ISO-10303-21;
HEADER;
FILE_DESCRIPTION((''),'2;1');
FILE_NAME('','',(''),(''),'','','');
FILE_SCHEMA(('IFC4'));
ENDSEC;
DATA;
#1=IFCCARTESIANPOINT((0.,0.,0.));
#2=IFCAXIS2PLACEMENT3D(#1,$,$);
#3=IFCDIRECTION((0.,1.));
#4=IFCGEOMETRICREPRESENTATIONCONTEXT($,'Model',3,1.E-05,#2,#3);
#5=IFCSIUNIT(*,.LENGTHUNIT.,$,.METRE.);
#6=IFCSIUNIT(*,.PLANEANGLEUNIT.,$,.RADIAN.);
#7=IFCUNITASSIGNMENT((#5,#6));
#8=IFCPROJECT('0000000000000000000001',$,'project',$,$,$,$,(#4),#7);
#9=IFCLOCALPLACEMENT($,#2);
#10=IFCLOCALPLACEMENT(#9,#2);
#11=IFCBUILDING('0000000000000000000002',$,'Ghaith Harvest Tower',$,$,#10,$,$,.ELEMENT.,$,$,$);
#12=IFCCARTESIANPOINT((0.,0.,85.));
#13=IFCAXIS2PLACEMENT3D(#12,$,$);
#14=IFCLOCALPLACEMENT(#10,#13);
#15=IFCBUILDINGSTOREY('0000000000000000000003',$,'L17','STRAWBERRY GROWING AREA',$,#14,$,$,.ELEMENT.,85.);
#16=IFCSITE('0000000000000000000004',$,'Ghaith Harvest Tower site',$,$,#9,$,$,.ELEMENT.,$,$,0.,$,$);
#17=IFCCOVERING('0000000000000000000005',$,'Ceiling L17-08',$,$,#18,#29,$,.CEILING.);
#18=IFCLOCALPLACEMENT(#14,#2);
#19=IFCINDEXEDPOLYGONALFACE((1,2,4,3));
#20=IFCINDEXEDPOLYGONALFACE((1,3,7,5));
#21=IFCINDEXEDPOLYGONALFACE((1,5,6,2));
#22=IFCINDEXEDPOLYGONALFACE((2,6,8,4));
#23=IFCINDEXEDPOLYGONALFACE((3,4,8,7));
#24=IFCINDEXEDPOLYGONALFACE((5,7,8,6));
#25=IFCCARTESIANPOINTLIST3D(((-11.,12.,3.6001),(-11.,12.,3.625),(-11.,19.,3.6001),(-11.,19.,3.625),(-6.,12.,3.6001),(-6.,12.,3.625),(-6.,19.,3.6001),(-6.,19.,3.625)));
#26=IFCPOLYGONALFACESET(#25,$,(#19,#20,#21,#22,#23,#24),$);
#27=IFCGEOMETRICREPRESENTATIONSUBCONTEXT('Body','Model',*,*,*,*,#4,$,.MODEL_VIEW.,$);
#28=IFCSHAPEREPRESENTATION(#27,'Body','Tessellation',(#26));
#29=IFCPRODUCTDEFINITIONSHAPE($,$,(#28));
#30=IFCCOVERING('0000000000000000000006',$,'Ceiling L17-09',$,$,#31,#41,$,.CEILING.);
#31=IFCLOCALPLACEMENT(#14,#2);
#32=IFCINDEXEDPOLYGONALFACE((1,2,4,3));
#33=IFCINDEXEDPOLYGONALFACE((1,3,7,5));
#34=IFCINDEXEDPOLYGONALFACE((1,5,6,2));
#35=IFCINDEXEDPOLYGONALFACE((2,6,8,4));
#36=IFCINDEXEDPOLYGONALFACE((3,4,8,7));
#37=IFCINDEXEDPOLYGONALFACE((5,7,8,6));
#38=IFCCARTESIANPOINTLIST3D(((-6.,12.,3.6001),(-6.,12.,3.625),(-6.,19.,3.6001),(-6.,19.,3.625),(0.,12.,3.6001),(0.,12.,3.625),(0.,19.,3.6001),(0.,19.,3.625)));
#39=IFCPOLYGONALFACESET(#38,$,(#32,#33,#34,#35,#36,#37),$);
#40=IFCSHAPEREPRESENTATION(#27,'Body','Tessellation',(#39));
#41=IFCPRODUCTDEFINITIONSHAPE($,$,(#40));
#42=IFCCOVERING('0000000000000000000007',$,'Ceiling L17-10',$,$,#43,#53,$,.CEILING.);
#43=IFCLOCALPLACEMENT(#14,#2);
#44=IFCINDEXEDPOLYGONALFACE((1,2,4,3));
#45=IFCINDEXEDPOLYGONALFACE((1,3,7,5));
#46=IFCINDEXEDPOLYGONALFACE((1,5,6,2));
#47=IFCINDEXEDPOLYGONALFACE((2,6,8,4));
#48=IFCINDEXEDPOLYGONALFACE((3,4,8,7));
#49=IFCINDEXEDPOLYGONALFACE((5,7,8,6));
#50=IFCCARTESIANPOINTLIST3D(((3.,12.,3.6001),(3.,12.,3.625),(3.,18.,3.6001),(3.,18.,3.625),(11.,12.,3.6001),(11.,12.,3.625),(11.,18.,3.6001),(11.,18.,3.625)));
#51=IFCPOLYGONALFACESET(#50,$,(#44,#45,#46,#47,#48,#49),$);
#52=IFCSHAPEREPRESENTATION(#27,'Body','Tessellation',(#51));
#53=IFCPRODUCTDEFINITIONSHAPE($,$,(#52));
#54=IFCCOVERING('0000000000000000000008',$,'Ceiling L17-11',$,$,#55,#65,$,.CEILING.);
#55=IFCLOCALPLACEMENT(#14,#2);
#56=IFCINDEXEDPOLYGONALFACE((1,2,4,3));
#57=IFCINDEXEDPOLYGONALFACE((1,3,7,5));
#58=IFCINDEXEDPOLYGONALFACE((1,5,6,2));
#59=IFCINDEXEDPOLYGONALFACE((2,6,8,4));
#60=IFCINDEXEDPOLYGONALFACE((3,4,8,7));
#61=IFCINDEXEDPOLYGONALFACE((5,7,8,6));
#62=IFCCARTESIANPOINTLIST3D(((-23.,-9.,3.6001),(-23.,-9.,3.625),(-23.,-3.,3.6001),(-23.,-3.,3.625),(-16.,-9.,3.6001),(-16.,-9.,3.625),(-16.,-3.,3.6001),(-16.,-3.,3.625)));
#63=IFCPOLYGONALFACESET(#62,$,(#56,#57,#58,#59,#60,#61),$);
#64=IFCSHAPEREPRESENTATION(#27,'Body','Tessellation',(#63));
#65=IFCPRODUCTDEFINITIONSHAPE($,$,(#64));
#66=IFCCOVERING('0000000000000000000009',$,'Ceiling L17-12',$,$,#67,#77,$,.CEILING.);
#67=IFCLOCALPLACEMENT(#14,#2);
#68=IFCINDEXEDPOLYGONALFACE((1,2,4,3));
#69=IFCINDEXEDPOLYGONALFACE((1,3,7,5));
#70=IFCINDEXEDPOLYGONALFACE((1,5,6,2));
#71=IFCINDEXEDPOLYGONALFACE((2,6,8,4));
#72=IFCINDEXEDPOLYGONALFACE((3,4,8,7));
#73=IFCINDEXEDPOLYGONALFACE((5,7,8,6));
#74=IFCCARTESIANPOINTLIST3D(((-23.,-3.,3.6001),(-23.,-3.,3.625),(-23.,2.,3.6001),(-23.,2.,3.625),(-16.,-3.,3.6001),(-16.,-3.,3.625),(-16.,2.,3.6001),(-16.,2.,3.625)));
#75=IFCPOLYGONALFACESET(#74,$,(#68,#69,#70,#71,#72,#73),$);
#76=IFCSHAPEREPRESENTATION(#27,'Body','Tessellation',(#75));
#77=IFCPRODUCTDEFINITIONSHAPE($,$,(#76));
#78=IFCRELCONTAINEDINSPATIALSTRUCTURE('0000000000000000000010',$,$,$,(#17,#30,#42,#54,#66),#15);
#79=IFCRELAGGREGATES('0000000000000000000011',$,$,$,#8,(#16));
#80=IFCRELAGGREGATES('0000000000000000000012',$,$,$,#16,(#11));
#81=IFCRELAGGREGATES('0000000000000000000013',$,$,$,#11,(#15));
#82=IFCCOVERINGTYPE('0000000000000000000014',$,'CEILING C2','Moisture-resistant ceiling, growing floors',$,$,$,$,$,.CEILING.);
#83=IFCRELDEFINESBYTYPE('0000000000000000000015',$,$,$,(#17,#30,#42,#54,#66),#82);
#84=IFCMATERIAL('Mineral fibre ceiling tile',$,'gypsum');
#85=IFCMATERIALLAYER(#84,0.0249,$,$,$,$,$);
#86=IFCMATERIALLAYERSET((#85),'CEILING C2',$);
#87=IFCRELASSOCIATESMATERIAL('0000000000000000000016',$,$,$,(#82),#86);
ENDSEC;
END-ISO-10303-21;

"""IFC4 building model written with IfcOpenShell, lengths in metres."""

from ifc_helpers import new_model, si_unit, direction, frame, origin, place, context, subcontext, project, spatial, polyline, outline, extrude, material, layer, layer_set, type_object, element, save


model = new_model("IFC4")

# Units and contexts
model_context = context("Model", 3, precision=1e-05, world=origin(), true_north=direction((0.0, 1.0)))
body_context = subcontext(model_context, "Body", "Model", "MODEL_VIEW")
ifc_project = project(units=[si_unit("LENGTHUNIT", "METRE"), si_unit("PLANEANGLEUNIT", "RADIAN")], contexts=[model_context])

# Site, building, storey
site_placement = place(None, origin())
site = spatial("IfcSite", under=ifc_project, at=site_placement, Name="Ghaith Harvest Tower site", CompositionType="ELEMENT", RefElevation=0.0)
building_placement = place(site_placement, origin())
building = spatial("IfcBuilding", under=site, at=building_placement, Name="Ghaith Harvest Tower", CompositionType="ELEMENT")
storey_placement = place(building_placement, frame((0.0, 0.0, 85.0)))
storey = spatial("IfcBuildingStorey", under=building, at=storey_placement, Name="L17", Description="STRAWBERRY GROWING AREA", CompositionType="ELEMENT", Elevation=85.0)

# Coverings
ifc_material_1 = material(Name="Mineral fibre ceiling tile", Category="gypsum")
ifc_layer_1 = layer(ifc_material_1, 0.0249)
ifc_layer_set_1 = layer_set([ifc_layer_1], Name="CEILING C2")
covering_type = type_object("IfcCoveringType", Name="CEILING C2", Description="Moisture-resistant ceiling, growing floors", PredefinedType="CEILING", material=ifc_layer_set_1)
covering_1_placement = place(storey_placement, frame((0.0, 0.0, 3.6001)))
element("IfcCovering", 1, at=covering_1_placement, inside=storey, type_object=covering_type, Name="Ceiling L17-08", PredefinedType="CEILING", context=body_context, shape_type="SweptSolid", body=[
    extrude(outline(polyline([(-11.0, 12.0), (-6.0, 12.0), (-6.0, 19.0), (-11.0, 19.0), (-11.0, 12.0)])), origin(), (0.0, 0.0, 1.0), 0.0249),
])
covering_2_placement = place(storey_placement, frame((0.0, 0.0, 3.6001)))
element("IfcCovering", 2, at=covering_2_placement, inside=storey, type_object=covering_type, Name="Ceiling L17-09", PredefinedType="CEILING", context=body_context, shape_type="SweptSolid", body=[
    extrude(outline(polyline([(-6.0, 12.0), (0.0, 12.0), (0.0, 19.0), (-6.0, 19.0), (-6.0, 12.0)])), origin(), (0.0, 0.0, 1.0), 0.0249),
])
covering_3_placement = place(storey_placement, frame((0.0, 0.0, 3.6001)))
element("IfcCovering", 3, at=covering_3_placement, inside=storey, type_object=covering_type, Name="Ceiling L17-10", PredefinedType="CEILING", context=body_context, shape_type="SweptSolid", body=[
    extrude(outline(polyline([(3.0, 12.0), (11.0, 12.0), (11.0, 18.0), (3.0, 18.0), (3.0, 12.0)])), origin(), (0.0, 0.0, 1.0), 0.0249),
])
covering_4_placement = place(storey_placement, frame((0.0, 0.0, 3.6001)))
element("IfcCovering", 4, at=covering_4_placement, inside=storey, type_object=covering_type, Name="Ceiling L17-11", PredefinedType="CEILING", context=body_context, shape_type="SweptSolid", body=[
    extrude(outline(polyline([(-23.0, -9.0), (-16.0, -9.0), (-16.0, -3.0), (-23.0, -3.0), (-23.0, -9.0)])), origin(), (0.0, 0.0, 1.0), 0.0249),
])
covering_5_placement = place(storey_placement, frame((0.0, 0.0, 3.6001)))
element("IfcCovering", 5, at=covering_5_placement, inside=storey, type_object=covering_type, Name="Ceiling L17-12", PredefinedType="CEILING", context=body_context, shape_type="SweptSolid", body=[
    extrude(outline(polyline([(-23.0, -3.0), (-16.0, -3.0), (-16.0, 2.0), (-23.0, 2.0), (-23.0, -3.0)])), origin(), (0.0, 0.0, 1.0), 0.0249),
])

save(model, "model.ifc")
